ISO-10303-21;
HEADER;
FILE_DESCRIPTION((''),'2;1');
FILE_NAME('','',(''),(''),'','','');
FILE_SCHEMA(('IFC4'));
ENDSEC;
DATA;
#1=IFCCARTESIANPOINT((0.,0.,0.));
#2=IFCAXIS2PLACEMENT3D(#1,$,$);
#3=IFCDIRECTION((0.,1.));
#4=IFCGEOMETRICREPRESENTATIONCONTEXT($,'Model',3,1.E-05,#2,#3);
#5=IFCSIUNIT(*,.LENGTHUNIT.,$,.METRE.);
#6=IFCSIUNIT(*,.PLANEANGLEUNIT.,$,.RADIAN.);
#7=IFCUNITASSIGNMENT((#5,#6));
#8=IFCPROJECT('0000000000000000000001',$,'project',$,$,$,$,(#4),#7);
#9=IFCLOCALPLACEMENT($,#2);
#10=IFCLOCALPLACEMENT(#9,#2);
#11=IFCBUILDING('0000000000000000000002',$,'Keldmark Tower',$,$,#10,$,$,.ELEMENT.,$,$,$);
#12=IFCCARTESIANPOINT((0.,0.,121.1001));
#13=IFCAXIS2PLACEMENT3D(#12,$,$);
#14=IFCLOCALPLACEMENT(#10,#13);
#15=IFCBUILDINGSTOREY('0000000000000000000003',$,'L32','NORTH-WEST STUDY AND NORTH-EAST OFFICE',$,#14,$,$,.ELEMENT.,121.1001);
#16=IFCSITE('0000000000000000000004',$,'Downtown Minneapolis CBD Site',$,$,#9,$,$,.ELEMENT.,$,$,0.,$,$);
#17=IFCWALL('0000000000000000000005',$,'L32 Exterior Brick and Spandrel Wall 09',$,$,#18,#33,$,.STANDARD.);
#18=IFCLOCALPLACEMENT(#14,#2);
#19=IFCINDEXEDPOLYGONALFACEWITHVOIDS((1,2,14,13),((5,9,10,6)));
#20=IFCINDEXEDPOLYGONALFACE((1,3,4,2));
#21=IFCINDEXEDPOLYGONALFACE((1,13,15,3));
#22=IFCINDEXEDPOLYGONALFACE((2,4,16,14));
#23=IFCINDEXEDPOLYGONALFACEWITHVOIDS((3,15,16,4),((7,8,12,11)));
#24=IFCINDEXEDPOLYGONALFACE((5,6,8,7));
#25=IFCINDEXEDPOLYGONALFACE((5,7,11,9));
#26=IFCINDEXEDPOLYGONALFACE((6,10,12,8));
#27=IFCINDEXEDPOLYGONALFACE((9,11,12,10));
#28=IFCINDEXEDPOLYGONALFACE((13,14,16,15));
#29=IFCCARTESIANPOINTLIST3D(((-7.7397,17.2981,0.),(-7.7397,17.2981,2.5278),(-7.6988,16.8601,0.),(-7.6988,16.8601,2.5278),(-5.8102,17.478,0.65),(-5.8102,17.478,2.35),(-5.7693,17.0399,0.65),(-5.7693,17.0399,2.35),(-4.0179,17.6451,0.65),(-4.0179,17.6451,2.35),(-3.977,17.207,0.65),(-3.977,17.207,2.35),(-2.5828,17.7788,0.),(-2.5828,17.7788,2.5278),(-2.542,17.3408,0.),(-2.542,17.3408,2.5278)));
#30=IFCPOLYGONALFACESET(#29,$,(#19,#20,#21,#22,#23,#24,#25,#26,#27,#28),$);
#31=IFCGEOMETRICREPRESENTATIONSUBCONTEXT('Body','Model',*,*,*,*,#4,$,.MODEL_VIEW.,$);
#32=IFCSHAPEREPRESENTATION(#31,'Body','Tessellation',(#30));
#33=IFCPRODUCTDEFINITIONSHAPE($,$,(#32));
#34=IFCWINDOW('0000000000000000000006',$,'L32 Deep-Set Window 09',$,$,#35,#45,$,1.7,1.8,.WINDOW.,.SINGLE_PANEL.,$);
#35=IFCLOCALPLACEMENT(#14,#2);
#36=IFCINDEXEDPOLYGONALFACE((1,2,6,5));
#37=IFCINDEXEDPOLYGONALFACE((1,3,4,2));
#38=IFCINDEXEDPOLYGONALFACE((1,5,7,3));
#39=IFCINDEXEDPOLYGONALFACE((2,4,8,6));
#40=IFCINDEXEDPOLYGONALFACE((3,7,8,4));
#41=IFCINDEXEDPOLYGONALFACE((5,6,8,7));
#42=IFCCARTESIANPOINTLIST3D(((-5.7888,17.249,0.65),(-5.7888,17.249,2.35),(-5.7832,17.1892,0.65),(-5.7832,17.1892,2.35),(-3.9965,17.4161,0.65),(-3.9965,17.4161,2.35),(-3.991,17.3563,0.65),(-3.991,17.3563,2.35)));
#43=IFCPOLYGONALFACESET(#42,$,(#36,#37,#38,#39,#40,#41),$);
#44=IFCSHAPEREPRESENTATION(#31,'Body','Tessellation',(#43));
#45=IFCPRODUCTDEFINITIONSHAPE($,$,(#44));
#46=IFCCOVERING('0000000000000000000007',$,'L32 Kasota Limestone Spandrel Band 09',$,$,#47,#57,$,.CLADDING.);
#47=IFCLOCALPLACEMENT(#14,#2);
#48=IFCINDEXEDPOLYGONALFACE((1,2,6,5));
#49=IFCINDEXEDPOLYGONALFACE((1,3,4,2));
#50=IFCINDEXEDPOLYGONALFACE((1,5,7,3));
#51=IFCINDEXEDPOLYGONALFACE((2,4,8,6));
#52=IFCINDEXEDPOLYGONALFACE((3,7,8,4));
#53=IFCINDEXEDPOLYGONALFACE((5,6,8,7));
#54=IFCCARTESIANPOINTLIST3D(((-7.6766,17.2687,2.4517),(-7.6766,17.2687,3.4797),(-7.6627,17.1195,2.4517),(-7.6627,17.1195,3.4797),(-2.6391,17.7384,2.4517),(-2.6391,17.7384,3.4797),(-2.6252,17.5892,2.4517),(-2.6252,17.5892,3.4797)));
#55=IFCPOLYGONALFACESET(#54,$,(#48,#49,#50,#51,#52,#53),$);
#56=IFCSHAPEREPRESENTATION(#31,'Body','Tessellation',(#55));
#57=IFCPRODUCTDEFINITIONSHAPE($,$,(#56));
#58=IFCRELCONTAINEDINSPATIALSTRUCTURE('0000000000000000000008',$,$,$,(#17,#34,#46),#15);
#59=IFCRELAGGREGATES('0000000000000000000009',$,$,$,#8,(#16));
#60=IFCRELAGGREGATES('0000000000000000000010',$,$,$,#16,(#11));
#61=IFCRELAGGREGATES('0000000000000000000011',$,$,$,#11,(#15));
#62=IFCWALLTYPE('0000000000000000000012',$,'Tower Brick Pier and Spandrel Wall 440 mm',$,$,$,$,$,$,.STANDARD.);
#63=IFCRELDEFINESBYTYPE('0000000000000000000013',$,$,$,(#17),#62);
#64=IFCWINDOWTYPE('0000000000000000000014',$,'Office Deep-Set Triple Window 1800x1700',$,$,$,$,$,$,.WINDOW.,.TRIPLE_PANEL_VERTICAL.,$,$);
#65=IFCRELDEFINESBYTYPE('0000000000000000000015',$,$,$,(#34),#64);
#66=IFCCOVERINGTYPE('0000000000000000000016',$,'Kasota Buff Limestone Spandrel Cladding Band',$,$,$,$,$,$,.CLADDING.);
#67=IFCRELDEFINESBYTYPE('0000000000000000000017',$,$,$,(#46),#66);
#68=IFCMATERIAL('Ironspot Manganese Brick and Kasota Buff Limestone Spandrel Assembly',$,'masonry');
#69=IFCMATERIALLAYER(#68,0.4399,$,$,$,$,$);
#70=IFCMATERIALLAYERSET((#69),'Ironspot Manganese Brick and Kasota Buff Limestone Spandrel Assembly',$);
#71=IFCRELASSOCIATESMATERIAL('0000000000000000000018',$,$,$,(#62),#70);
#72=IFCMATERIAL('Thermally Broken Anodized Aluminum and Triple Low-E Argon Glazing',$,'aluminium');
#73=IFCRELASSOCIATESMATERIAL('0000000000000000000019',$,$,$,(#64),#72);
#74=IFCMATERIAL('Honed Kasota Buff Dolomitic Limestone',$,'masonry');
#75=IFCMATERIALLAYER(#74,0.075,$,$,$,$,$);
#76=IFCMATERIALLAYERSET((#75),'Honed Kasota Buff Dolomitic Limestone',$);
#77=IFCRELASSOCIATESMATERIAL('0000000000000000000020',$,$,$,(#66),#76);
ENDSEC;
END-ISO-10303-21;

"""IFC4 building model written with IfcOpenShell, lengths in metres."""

from ifc_helpers import new_model, si_unit, direction, frame, frame_2d, origin, origin_2d, place, context, subcontext, project, spatial, rectangle, extrude, material, layer, layer_set, type_object, element, fill, save


model = new_model("IFC4")

# Units and contexts
model_context = context("Model", 3, precision=1e-05, world=origin(), true_north=direction((0.0, 1.0)))
body_context = subcontext(model_context, "Body", "Model", "MODEL_VIEW")
ifc_project = project(units=[si_unit("LENGTHUNIT", "METRE"), si_unit("PLANEANGLEUNIT", "RADIAN")], contexts=[model_context])

# Site, building, storey
site_placement = place(None, origin())
site = spatial("IfcSite", under=ifc_project, at=site_placement, Name="Downtown Minneapolis CBD Site", CompositionType="ELEMENT", RefElevation=0.0)
building_placement = place(site_placement, origin())
building = spatial("IfcBuilding", under=site, at=building_placement, Name="Keldmark Tower", CompositionType="ELEMENT")
storey_placement = place(building_placement, frame((0.0, 0.0, 121.1001)))
storey = spatial("IfcBuildingStorey", under=building, at=storey_placement, Name="L32", Description="NORTH-WEST STUDY AND NORTH-EAST OFFICE", CompositionType="ELEMENT", Elevation=121.1001)

# Wall, opening, window
ifc_material_1 = material(Name="Ironspot Manganese Brick and Kasota Buff Limestone Spandrel Assembly", Category="masonry")
ifc_layer_1 = layer(ifc_material_1, 0.4399)
ifc_layer_set_1 = layer_set([ifc_layer_1], Name="Ironspot Manganese Brick and Kasota Buff Limestone Spandrel Assembly")
wall_type_1 = type_object("IfcWallType", Name="Tower Brick Pier and Spandrel Wall 440 mm", PredefinedType="STANDARD", material=ifc_layer_set_1)
ifc_material_2 = material(Name="Thermally Broken Anodized Aluminum and Triple Low-E Argon Glazing", Category="aluminium")
window_type = type_object("IfcWindowType", Name="Office Deep-Set Triple Window 1800x1700", PartitioningType="TRIPLE_PANEL_VERTICAL", PredefinedType="WINDOW", material=ifc_material_2)
wall_1_placement = place(storey_placement, frame((-7.7192, 17.0791, 0.0), z_axis=(0.0, 0.0, 1.0), x_axis=(0.995683, 0.092818, 0.0)))
wall_1 = element("IfcWall", 1, at=wall_1_placement, inside=storey, type_object=wall_type_1, Name="L32 Exterior Brick and Spandrel Wall 09", PredefinedType="STANDARD", context=body_context, shape_type="SweptSolid", body=[
    extrude(rectangle(XDim=5.1792, YDim=0.4399, at=frame_2d((2.5896, 0.0))), origin(), (0.0, 0.0, 1.0), 2.5278),
])
opening_1_placement = place(wall_1_placement, frame((1.938, 0.0, 0.6499)))
opening_1 = element("IfcOpeningElement", 2, at=opening_1_placement, cuts=wall_1, PredefinedType="OPENING", context=body_context, shape_type="SweptSolid", body=[
    extrude(rectangle(XDim=1.8, YDim=1.7, at=frame_2d((0.8999, 0.8501))), frame((0.0, 0.23, 0.0), z_axis=(0.0, -1.0, 0.0), x_axis=(1.0, 0.0, 0.0)), (0.0, 0.0, 1.0), 0.46),
])
window_1_placement = place(opening_1_placement, origin())
window_1 = element("IfcWindow", 3, at=window_1_placement, inside=storey, type_object=window_type, Name="L32 Deep-Set Window 09", OverallHeight=1.7, OverallWidth=1.8, PartitioningType="SINGLE_PANEL", PredefinedType="WINDOW", context=body_context, shape_type="SweptSolid", body=[
    extrude(rectangle(XDim=1.8, YDim=1.7, at=frame_2d((0.8999, 0.8501))), frame((0.0, -0.01, 0.0), z_axis=(0.0, -1.0, 0.0), x_axis=(1.0, 0.0, 0.0)), (0.0, 0.0, 1.0), 0.0601),
])
fill(opening_1, window_1)

# Covering
ifc_material_3 = material(Name="Honed Kasota Buff Dolomitic Limestone", Category="masonry")
ifc_layer_2 = layer(ifc_material_3, 0.075)
ifc_layer_set_2 = layer_set([ifc_layer_2], Name="Honed Kasota Buff Dolomitic Limestone")
covering_type = type_object("IfcCoveringType", Name="Kasota Buff Limestone Spandrel Cladding Band", PredefinedType="CLADDING", material=ifc_layer_set_2)
covering_placement = place(storey_placement, frame((-5.1509, 17.429, 2.4517), z_axis=(0.0, 0.0, 1.0), x_axis=(-0.995681, -0.09284, 0.0)))
element("IfcCovering", 4, at=covering_placement, inside=storey, type_object=covering_type, Name="L32 Kasota Limestone Spandrel Band 09", PredefinedType="CLADDING", context=body_context, shape_type="SweptSolid", body=[
    extrude(rectangle(XDim=5.0593, YDim=0.1499, at=origin_2d()), origin(), (0.0, 0.0, 1.0), 1.0281),
])

save(model, "model.ifc")
